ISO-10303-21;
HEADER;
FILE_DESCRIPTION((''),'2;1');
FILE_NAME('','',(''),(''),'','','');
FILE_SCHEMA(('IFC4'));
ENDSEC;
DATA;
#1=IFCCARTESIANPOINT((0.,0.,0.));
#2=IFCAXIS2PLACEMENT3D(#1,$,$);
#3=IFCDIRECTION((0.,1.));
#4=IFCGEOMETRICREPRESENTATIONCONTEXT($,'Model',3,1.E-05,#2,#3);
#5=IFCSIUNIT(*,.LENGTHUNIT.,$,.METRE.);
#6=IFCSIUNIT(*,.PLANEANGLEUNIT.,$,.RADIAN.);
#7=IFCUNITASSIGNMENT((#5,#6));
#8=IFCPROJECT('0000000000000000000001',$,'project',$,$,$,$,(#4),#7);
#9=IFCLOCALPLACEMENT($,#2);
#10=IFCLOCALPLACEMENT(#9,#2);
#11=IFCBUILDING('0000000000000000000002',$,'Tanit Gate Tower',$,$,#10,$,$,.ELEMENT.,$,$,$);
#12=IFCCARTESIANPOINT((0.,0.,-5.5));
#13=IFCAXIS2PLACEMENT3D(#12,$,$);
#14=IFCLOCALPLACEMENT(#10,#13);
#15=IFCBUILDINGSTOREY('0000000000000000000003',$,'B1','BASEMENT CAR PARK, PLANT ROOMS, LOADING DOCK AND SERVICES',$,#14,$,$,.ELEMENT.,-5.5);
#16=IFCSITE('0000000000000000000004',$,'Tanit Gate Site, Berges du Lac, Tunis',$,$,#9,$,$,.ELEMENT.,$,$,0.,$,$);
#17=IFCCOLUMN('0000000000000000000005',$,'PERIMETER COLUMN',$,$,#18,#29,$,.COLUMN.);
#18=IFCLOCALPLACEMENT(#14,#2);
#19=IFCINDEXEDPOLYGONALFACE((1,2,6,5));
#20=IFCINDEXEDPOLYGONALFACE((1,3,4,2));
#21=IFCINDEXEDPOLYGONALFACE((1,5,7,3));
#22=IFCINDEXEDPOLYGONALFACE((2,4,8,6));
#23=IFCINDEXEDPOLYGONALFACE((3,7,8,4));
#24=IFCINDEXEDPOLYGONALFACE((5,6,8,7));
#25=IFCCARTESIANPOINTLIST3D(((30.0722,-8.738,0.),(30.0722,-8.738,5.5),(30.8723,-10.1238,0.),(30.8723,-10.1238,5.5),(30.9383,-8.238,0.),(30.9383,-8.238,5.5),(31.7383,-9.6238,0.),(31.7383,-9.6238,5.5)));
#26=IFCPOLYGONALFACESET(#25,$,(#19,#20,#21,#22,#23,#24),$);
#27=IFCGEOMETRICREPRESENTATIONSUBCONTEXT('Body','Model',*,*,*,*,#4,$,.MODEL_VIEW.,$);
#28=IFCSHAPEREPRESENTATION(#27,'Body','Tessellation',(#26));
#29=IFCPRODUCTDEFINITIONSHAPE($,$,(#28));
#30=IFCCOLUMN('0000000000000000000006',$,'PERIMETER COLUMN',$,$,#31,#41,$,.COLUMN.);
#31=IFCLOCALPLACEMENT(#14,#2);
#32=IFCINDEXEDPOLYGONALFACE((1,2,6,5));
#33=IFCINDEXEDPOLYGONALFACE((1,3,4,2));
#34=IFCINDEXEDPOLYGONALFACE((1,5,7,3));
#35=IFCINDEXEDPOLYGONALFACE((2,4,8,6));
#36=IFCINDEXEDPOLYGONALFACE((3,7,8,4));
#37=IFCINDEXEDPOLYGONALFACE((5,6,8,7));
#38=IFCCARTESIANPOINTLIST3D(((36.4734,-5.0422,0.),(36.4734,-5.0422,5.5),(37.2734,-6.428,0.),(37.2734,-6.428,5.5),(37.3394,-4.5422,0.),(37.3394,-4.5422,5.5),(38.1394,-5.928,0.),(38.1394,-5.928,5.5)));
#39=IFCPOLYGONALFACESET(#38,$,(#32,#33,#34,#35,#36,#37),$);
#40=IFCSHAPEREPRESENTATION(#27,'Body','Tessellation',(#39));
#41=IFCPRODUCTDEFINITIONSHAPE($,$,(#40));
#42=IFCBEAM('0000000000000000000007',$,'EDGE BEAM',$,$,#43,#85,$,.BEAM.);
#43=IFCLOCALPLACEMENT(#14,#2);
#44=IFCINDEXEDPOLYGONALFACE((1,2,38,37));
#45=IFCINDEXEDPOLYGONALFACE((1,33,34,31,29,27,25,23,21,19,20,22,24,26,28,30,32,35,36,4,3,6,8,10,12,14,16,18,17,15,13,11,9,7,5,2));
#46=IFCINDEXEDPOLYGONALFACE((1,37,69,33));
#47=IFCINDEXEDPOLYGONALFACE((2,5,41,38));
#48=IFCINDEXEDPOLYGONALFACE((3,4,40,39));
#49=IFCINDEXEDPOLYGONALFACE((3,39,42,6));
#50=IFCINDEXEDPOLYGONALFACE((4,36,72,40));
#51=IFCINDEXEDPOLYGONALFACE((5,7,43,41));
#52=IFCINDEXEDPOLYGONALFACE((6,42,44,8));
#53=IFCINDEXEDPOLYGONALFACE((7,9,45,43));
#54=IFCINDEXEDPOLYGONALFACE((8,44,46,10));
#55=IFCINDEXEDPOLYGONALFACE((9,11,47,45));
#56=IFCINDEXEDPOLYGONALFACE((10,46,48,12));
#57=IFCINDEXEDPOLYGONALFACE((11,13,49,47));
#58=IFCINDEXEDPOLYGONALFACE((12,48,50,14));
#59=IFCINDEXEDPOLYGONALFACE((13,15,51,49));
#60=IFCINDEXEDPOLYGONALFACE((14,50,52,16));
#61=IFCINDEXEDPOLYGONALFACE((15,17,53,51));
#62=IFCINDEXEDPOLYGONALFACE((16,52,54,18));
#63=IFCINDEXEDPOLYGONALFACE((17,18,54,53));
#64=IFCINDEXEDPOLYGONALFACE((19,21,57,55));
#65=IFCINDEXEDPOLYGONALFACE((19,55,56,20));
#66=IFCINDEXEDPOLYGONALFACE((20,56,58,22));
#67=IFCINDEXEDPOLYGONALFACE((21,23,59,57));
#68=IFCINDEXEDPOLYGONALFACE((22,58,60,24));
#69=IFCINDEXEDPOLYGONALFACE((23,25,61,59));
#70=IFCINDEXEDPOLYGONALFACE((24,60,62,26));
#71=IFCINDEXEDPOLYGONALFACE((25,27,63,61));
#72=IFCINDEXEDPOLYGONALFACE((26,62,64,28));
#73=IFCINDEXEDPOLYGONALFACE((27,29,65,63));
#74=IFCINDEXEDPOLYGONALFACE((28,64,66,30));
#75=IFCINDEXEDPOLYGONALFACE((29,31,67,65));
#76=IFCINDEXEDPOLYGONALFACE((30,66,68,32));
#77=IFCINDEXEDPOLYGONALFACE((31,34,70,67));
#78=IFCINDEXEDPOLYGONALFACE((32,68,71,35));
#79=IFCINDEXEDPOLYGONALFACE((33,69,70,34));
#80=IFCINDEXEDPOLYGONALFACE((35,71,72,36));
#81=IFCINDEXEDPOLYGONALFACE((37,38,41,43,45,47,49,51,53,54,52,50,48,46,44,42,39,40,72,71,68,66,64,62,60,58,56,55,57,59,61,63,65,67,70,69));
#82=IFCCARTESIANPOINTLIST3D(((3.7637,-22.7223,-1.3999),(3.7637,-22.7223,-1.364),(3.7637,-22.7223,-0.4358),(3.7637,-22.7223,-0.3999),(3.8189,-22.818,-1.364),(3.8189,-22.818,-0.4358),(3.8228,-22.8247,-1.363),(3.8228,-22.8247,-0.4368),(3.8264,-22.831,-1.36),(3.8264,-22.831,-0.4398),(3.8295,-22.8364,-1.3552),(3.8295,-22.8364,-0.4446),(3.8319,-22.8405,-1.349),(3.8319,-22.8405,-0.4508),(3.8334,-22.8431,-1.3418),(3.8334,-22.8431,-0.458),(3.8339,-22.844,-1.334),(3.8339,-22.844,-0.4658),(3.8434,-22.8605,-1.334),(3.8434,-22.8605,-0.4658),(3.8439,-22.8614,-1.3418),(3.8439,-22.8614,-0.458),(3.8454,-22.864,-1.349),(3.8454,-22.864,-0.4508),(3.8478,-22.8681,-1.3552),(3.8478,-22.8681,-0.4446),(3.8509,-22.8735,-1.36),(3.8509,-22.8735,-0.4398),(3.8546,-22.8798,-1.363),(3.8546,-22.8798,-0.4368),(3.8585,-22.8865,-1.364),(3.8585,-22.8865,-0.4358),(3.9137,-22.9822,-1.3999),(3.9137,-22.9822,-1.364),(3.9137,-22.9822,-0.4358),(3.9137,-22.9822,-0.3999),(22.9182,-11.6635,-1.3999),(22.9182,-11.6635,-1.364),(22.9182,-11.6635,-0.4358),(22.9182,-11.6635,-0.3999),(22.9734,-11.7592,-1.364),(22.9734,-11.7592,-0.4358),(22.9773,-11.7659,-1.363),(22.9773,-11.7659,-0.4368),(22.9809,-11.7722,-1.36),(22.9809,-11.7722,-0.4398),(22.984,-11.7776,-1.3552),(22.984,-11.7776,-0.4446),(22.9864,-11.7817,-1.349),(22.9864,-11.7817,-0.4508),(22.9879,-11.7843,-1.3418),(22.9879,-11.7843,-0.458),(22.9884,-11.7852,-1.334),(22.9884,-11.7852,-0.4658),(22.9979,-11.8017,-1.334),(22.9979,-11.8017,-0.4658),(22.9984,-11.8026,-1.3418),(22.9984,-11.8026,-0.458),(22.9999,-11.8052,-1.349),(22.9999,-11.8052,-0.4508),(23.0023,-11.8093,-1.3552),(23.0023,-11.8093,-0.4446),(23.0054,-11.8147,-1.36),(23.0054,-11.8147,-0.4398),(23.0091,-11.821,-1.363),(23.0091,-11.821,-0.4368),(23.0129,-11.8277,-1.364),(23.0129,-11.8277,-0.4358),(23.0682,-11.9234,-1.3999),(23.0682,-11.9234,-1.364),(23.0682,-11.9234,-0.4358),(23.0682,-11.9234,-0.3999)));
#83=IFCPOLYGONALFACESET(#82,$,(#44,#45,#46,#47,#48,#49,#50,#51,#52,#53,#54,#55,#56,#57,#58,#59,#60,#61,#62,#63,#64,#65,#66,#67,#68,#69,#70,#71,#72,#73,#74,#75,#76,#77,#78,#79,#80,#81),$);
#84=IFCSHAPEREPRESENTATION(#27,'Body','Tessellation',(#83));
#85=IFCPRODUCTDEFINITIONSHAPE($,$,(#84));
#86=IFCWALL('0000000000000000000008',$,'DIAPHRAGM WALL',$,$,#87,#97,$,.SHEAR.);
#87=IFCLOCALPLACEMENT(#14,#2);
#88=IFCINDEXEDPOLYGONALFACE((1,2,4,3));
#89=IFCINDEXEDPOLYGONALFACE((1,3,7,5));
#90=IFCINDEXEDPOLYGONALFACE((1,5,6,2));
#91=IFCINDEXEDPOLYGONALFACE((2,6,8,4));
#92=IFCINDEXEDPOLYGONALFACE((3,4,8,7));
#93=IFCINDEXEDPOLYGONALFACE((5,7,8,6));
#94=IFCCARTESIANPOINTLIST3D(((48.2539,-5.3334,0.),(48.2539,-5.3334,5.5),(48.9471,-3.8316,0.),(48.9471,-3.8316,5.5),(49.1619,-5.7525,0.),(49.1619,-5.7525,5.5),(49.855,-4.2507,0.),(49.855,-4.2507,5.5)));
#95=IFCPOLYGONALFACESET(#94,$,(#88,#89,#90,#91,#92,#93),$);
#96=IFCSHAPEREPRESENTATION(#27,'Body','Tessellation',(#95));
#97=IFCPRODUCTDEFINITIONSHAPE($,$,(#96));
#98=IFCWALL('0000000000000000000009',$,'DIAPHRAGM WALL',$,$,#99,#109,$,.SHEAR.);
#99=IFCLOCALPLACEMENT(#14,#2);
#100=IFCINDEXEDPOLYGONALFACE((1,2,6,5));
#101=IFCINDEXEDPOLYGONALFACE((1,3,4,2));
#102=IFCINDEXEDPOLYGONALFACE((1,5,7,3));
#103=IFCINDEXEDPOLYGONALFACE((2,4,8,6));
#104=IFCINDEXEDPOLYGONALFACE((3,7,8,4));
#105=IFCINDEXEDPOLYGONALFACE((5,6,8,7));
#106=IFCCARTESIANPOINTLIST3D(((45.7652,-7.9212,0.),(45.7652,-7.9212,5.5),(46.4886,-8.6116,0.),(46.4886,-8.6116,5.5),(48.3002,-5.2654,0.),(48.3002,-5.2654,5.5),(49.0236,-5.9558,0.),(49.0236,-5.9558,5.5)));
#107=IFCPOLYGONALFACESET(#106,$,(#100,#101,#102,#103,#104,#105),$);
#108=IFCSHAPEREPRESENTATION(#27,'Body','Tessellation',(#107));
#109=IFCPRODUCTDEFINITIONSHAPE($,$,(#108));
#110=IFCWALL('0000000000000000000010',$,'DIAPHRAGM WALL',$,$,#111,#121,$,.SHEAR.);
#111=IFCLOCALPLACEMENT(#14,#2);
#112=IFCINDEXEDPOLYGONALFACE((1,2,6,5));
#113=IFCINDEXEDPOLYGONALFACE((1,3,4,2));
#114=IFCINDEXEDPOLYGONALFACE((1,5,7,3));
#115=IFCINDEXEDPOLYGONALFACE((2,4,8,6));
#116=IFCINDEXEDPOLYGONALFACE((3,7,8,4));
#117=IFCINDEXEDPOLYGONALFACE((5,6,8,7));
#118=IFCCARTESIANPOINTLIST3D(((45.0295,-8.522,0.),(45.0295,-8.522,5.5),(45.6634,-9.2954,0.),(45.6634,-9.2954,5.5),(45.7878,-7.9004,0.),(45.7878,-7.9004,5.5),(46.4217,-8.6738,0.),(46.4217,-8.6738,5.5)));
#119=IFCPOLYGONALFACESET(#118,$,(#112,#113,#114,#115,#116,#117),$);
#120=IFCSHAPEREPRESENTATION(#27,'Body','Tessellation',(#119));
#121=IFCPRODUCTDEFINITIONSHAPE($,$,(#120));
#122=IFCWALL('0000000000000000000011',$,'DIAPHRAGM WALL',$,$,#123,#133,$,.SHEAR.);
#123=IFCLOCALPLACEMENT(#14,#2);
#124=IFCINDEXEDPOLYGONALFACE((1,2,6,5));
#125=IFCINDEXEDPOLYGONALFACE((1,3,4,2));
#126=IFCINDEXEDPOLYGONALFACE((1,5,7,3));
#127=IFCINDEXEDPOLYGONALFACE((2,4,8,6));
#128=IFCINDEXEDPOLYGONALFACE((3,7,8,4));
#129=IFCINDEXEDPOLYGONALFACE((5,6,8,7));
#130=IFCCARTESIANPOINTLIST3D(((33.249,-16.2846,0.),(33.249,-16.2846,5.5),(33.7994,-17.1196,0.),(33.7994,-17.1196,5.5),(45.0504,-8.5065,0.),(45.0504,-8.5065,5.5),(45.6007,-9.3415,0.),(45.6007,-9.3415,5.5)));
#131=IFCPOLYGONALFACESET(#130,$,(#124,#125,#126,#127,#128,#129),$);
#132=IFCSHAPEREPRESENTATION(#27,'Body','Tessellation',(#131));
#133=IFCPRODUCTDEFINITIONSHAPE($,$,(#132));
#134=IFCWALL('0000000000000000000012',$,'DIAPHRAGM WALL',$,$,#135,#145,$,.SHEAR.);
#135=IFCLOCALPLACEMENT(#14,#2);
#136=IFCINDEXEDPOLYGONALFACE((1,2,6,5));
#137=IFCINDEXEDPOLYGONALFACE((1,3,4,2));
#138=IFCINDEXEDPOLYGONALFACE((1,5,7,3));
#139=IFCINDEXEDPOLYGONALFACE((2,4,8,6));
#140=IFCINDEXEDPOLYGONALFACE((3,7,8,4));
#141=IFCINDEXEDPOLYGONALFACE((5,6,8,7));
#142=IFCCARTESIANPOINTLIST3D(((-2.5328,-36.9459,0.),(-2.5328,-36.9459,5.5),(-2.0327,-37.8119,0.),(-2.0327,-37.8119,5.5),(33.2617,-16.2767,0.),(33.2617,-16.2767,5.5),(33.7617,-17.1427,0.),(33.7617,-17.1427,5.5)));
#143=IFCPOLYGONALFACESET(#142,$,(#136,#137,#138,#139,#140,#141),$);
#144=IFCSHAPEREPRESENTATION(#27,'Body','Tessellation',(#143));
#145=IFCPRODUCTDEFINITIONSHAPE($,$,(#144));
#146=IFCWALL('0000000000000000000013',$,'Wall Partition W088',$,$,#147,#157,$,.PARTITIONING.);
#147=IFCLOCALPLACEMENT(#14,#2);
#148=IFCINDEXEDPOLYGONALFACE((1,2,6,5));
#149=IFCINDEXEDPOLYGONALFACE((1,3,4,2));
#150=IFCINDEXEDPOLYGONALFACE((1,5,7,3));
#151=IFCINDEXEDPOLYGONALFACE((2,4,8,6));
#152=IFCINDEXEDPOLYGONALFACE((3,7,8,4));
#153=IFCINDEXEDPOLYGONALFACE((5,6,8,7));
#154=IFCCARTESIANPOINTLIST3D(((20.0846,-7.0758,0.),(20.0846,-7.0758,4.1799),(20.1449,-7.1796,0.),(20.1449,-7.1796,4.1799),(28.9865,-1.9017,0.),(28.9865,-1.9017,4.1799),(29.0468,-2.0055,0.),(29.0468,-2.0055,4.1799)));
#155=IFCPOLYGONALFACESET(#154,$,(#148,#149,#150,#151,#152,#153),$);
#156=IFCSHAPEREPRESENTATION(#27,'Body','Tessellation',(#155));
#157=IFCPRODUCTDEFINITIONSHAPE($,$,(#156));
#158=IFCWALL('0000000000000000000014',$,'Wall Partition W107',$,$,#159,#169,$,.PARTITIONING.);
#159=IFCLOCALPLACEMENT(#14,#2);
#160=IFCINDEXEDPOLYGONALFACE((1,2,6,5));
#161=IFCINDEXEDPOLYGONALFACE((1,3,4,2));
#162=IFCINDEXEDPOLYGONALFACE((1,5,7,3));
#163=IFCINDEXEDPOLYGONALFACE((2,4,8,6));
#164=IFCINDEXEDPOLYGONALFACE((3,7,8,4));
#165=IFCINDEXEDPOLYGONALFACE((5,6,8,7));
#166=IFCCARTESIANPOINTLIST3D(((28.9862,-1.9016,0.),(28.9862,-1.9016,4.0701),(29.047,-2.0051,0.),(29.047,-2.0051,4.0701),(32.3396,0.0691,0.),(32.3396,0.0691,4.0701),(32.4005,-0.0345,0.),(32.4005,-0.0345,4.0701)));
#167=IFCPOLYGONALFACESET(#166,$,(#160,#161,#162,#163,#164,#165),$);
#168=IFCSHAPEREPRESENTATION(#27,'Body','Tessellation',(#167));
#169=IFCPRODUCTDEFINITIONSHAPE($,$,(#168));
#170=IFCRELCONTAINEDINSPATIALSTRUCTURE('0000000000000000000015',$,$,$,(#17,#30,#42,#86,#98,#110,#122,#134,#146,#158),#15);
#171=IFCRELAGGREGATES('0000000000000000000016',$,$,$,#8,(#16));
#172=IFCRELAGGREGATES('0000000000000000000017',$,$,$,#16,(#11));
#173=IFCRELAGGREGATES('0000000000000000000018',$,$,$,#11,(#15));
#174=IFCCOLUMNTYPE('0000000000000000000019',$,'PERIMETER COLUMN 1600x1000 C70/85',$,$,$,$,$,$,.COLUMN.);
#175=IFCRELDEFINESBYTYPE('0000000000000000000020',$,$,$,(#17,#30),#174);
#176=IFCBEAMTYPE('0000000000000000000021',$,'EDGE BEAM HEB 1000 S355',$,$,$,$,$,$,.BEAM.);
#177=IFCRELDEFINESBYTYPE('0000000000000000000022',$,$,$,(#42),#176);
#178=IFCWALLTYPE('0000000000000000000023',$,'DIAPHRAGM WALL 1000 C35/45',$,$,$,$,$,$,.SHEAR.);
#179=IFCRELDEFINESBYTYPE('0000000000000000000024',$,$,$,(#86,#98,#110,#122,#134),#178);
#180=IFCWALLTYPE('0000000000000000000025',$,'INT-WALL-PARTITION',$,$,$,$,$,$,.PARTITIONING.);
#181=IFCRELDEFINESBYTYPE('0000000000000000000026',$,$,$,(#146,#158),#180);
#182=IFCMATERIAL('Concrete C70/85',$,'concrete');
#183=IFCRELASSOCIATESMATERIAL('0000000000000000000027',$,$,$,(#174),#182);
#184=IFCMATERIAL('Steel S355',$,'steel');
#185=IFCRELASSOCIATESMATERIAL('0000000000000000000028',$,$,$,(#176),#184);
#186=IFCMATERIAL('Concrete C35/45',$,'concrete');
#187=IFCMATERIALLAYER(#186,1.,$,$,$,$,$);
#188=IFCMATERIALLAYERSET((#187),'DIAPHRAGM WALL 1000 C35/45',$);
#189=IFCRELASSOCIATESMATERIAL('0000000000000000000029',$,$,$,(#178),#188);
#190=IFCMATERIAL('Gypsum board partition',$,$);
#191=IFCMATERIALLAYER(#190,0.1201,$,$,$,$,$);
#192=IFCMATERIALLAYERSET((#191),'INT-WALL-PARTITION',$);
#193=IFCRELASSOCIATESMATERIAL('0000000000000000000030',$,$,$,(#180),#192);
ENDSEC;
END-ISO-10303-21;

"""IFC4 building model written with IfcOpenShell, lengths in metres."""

from ifc_helpers import new_model, si_unit, direction, frame, frame_2d, origin, origin_2d, place, context, subcontext, project, spatial, rectangle, i_section, extrude, material, layer, layer_set, material_profile, profile_set, type_object, element, save


model = new_model("IFC4")

# Units and contexts
model_context = context("Model", 3, precision=1e-05, world=origin(), true_north=direction((0.0, 1.0)))
body_context = subcontext(model_context, "Body", "Model", "MODEL_VIEW")
ifc_project = project(units=[si_unit("LENGTHUNIT", "METRE"), si_unit("PLANEANGLEUNIT", "RADIAN")], contexts=[model_context])

# Site, building, storey
site_placement = place(None, origin())
site = spatial("IfcSite", under=ifc_project, at=site_placement, Name="Tanit Gate Site, Berges du Lac, Tunis", CompositionType="ELEMENT", RefElevation=0.0)
building_placement = place(site_placement, origin())
building = spatial("IfcBuilding", under=site, at=building_placement, Name="Tanit Gate Tower", CompositionType="ELEMENT")
storey_placement = place(building_placement, frame((0.0, 0.0, -5.5)))
storey = spatial("IfcBuildingStorey", under=building, at=storey_placement, Name="B1", Description="BASEMENT CAR PARK, PLANT ROOMS, LOADING DOCK AND SERVICES", CompositionType="ELEMENT", Elevation=-5.5)

# Columns
ifc_material_1 = material(Name="Concrete C70/85", Category="concrete")
ifc_material_profile_1 = material_profile(ifc_material_1, rectangle(XDim=1.6001, YDim=1.0, at=origin_2d()), Name="RC 1600x1000")
ifc_profile_set_1 = profile_set([ifc_material_profile_1], Name="Concrete C70/85")
column_type = type_object("IfcColumnType", Name="PERIMETER COLUMN 1600x1000 C70/85", PredefinedType="COLUMN", material=ifc_profile_set_1)
for number, where, z_axis, x_axis, name in (
    (1, (30.9053, -9.1809, 0.0), (0.0, 0.0, 1.0), (0.5, -0.866025, 0.0), "PERIMETER COLUMN"),
    (2, (37.3064, -5.4851, 0.0), (0.0, 0.0, 1.0), (0.5, -0.866025, 0.0), "PERIMETER COLUMN"),
):
    element("IfcColumn", number, at=place(storey_placement, frame(where, z_axis=z_axis, x_axis=x_axis)), inside=storey, type_object=column_type, Name=name, PredefinedType="COLUMN", context=body_context, shape_type="SweptSolid", body=[
        extrude(rectangle(XDim=1.6001, YDim=1.0, at=origin_2d()), origin(), (0.0, 0.0, 1.0), 5.5),
    ])

# Beam
ifc_material_2 = material(Name="Steel S355", Category="steel")
ifc_material_profile_2 = material_profile(ifc_material_2, i_section(OverallWidth=0.3, OverallDepth=1.0, WebThickness=0.019, FlangeThickness=0.0359, FilletRadius=0.03, at=origin_2d()), Name="HEB 1000")
ifc_profile_set_2 = profile_set([ifc_material_profile_2], Name="Steel S355")
beam_type = type_object("IfcBeamType", Name="EDGE BEAM HEB 1000 S355", PredefinedType="BEAM", material=ifc_profile_set_2)
beam_placement = place(storey_placement, frame((22.9932, -11.7935, -0.8999), z_axis=(-0.866026, -0.499999, 0.0), x_axis=(0.499999, -0.866026, 0.0)))
element("IfcBeam", 3, at=beam_placement, inside=storey, type_object=beam_type, Name="EDGE BEAM", PredefinedType="BEAM", context=body_context, shape_type="SweptSolid", body=[
    extrude(i_section(OverallWidth=0.3, OverallDepth=1.0, WebThickness=0.019, FlangeThickness=0.0359, FilletRadius=0.03, at=origin_2d()), origin(), (0.0, 0.0, 1.0), 22.1177),
])

# Walls
ifc_material_3 = material(Name="Concrete C35/45", Category="concrete")
ifc_layer_1 = layer(ifc_material_3, 1.0)
ifc_layer_set_1 = layer_set([ifc_layer_1], Name="DIAPHRAGM WALL 1000 C35/45")
wall_type_1 = type_object("IfcWallType", Name="DIAPHRAGM WALL 1000 C35/45", PredefinedType="SHEAR", material=ifc_layer_set_1)
wall_1_placement = place(storey_placement, frame((49.4011, -4.041, 0.0), z_axis=(0.0, 0.0, 1.0), x_axis=(-0.419068, -0.907955, 0.0)))
element("IfcWall", 4, at=wall_1_placement, inside=storey, type_object=wall_type_1, Name="DIAPHRAGM WALL", PredefinedType="SHEAR", context=body_context, shape_type="SweptSolid", body=[
    extrude(rectangle(XDim=1.6541, YDim=1.0, at=frame_2d((0.8271, 0.0))), origin(), (0.0, 0.0, 1.0), 5.5),
])
wall_2_placement = place(storey_placement, frame((48.6619, -5.6106, 0.0), z_axis=(0.0, 0.0, 1.0), x_axis=(-0.690457, -0.723374, 0.0)))
element("IfcWall", 5, at=wall_2_placement, inside=storey, type_object=wall_type_1, Name="DIAPHRAGM WALL", PredefinedType="SHEAR", context=body_context, shape_type="SweptSolid", body=[
    extrude(rectangle(XDim=3.6714, YDim=1.0, at=frame_2d((1.8357, 0.0))), origin(), (0.0, 0.0, 1.0), 5.5),
])
wall_3_placement = place(storey_placement, frame((46.1047, -8.2871, 0.0), z_axis=(0.0, 0.0, 1.0), x_axis=(-0.77338, -0.633943, 0.0)))
element("IfcWall", 6, at=wall_3_placement, inside=storey, type_object=wall_type_1, Name="DIAPHRAGM WALL", PredefinedType="SHEAR", context=body_context, shape_type="SweptSolid", body=[
    extrude(rectangle(XDim=0.9805, YDim=1.0, at=frame_2d((0.4902, 0.0))), origin(), (0.0, 0.0, 1.0), 5.5),
])
wall_4_placement = place(storey_placement, frame((45.3254, -8.9241, 0.0), z_axis=(0.0, 0.0, 1.0), x_axis=(-0.834959, -0.550312, 0.0)))
element("IfcWall", 7, at=wall_4_placement, inside=storey, type_object=wall_type_1, Name="DIAPHRAGM WALL", PredefinedType="SHEAR", context=body_context, shape_type="SweptSolid", body=[
    extrude(rectangle(XDim=14.134, YDim=1.0, at=frame_2d((7.0669, 0.0))), origin(), (0.0, 0.0, 1.0), 5.5),
])
wall_5_placement = place(storey_placement, frame((33.5117, -16.7097, 0.0), z_axis=(0.0, 0.0, 1.0), x_axis=(-0.865991, -0.500059, 0.0)))
element("IfcWall", 8, at=wall_5_placement, inside=storey, type_object=wall_type_1, Name="DIAPHRAGM WALL", PredefinedType="SHEAR", context=body_context, shape_type="SweptSolid", body=[
    extrude(rectangle(XDim=41.3335, YDim=1.0, at=frame_2d((20.6667, 0.0))), origin(), (0.0, 0.0, 1.0), 5.5),
])
ifc_material_4 = material(Name="Gypsum board partition")
ifc_layer_2 = layer(ifc_material_4, 0.1201)
ifc_layer_set_2 = layer_set([ifc_layer_2], Name="INT-WALL-PARTITION")
wall_type_2 = type_object("IfcWallType", Name="INT-WALL-PARTITION", PredefinedType="PARTITIONING", material=ifc_layer_set_2)
wall_6_placement = place(storey_placement, frame((20.1147, -7.1277, 0.0), z_axis=(0.0, 0.0, 1.0), x_axis=(0.864567, 0.502517, 0.0)))
element("IfcWall", 9, at=wall_6_placement, inside=storey, type_object=wall_type_2, Name="Wall Partition W088", PredefinedType="PARTITIONING", context=body_context, shape_type="SweptSolid", body=[
    extrude(rectangle(XDim=10.2964, YDim=0.1201, at=frame_2d((5.1482, 0.0))), origin(), (0.0, 0.0, 1.0), 4.1799),
])
wall_7_placement = place(storey_placement, frame((29.0166, -1.9534, 0.0), z_axis=(0.0, 0.0, 1.0), x_axis=(0.862154, 0.506647, 0.0)))
element("IfcWall", 10, at=wall_7_placement, inside=storey, type_object=wall_type_2, Name="Wall Partition W107", PredefinedType="PARTITIONING", context=body_context, shape_type="SweptSolid", body=[
    extrude(rectangle(XDim=3.8896, YDim=0.1201, at=frame_2d((1.9448, 0.0))), origin(), (0.0, 0.0, 1.0), 4.0701),
])

save(model, "model.ifc")
